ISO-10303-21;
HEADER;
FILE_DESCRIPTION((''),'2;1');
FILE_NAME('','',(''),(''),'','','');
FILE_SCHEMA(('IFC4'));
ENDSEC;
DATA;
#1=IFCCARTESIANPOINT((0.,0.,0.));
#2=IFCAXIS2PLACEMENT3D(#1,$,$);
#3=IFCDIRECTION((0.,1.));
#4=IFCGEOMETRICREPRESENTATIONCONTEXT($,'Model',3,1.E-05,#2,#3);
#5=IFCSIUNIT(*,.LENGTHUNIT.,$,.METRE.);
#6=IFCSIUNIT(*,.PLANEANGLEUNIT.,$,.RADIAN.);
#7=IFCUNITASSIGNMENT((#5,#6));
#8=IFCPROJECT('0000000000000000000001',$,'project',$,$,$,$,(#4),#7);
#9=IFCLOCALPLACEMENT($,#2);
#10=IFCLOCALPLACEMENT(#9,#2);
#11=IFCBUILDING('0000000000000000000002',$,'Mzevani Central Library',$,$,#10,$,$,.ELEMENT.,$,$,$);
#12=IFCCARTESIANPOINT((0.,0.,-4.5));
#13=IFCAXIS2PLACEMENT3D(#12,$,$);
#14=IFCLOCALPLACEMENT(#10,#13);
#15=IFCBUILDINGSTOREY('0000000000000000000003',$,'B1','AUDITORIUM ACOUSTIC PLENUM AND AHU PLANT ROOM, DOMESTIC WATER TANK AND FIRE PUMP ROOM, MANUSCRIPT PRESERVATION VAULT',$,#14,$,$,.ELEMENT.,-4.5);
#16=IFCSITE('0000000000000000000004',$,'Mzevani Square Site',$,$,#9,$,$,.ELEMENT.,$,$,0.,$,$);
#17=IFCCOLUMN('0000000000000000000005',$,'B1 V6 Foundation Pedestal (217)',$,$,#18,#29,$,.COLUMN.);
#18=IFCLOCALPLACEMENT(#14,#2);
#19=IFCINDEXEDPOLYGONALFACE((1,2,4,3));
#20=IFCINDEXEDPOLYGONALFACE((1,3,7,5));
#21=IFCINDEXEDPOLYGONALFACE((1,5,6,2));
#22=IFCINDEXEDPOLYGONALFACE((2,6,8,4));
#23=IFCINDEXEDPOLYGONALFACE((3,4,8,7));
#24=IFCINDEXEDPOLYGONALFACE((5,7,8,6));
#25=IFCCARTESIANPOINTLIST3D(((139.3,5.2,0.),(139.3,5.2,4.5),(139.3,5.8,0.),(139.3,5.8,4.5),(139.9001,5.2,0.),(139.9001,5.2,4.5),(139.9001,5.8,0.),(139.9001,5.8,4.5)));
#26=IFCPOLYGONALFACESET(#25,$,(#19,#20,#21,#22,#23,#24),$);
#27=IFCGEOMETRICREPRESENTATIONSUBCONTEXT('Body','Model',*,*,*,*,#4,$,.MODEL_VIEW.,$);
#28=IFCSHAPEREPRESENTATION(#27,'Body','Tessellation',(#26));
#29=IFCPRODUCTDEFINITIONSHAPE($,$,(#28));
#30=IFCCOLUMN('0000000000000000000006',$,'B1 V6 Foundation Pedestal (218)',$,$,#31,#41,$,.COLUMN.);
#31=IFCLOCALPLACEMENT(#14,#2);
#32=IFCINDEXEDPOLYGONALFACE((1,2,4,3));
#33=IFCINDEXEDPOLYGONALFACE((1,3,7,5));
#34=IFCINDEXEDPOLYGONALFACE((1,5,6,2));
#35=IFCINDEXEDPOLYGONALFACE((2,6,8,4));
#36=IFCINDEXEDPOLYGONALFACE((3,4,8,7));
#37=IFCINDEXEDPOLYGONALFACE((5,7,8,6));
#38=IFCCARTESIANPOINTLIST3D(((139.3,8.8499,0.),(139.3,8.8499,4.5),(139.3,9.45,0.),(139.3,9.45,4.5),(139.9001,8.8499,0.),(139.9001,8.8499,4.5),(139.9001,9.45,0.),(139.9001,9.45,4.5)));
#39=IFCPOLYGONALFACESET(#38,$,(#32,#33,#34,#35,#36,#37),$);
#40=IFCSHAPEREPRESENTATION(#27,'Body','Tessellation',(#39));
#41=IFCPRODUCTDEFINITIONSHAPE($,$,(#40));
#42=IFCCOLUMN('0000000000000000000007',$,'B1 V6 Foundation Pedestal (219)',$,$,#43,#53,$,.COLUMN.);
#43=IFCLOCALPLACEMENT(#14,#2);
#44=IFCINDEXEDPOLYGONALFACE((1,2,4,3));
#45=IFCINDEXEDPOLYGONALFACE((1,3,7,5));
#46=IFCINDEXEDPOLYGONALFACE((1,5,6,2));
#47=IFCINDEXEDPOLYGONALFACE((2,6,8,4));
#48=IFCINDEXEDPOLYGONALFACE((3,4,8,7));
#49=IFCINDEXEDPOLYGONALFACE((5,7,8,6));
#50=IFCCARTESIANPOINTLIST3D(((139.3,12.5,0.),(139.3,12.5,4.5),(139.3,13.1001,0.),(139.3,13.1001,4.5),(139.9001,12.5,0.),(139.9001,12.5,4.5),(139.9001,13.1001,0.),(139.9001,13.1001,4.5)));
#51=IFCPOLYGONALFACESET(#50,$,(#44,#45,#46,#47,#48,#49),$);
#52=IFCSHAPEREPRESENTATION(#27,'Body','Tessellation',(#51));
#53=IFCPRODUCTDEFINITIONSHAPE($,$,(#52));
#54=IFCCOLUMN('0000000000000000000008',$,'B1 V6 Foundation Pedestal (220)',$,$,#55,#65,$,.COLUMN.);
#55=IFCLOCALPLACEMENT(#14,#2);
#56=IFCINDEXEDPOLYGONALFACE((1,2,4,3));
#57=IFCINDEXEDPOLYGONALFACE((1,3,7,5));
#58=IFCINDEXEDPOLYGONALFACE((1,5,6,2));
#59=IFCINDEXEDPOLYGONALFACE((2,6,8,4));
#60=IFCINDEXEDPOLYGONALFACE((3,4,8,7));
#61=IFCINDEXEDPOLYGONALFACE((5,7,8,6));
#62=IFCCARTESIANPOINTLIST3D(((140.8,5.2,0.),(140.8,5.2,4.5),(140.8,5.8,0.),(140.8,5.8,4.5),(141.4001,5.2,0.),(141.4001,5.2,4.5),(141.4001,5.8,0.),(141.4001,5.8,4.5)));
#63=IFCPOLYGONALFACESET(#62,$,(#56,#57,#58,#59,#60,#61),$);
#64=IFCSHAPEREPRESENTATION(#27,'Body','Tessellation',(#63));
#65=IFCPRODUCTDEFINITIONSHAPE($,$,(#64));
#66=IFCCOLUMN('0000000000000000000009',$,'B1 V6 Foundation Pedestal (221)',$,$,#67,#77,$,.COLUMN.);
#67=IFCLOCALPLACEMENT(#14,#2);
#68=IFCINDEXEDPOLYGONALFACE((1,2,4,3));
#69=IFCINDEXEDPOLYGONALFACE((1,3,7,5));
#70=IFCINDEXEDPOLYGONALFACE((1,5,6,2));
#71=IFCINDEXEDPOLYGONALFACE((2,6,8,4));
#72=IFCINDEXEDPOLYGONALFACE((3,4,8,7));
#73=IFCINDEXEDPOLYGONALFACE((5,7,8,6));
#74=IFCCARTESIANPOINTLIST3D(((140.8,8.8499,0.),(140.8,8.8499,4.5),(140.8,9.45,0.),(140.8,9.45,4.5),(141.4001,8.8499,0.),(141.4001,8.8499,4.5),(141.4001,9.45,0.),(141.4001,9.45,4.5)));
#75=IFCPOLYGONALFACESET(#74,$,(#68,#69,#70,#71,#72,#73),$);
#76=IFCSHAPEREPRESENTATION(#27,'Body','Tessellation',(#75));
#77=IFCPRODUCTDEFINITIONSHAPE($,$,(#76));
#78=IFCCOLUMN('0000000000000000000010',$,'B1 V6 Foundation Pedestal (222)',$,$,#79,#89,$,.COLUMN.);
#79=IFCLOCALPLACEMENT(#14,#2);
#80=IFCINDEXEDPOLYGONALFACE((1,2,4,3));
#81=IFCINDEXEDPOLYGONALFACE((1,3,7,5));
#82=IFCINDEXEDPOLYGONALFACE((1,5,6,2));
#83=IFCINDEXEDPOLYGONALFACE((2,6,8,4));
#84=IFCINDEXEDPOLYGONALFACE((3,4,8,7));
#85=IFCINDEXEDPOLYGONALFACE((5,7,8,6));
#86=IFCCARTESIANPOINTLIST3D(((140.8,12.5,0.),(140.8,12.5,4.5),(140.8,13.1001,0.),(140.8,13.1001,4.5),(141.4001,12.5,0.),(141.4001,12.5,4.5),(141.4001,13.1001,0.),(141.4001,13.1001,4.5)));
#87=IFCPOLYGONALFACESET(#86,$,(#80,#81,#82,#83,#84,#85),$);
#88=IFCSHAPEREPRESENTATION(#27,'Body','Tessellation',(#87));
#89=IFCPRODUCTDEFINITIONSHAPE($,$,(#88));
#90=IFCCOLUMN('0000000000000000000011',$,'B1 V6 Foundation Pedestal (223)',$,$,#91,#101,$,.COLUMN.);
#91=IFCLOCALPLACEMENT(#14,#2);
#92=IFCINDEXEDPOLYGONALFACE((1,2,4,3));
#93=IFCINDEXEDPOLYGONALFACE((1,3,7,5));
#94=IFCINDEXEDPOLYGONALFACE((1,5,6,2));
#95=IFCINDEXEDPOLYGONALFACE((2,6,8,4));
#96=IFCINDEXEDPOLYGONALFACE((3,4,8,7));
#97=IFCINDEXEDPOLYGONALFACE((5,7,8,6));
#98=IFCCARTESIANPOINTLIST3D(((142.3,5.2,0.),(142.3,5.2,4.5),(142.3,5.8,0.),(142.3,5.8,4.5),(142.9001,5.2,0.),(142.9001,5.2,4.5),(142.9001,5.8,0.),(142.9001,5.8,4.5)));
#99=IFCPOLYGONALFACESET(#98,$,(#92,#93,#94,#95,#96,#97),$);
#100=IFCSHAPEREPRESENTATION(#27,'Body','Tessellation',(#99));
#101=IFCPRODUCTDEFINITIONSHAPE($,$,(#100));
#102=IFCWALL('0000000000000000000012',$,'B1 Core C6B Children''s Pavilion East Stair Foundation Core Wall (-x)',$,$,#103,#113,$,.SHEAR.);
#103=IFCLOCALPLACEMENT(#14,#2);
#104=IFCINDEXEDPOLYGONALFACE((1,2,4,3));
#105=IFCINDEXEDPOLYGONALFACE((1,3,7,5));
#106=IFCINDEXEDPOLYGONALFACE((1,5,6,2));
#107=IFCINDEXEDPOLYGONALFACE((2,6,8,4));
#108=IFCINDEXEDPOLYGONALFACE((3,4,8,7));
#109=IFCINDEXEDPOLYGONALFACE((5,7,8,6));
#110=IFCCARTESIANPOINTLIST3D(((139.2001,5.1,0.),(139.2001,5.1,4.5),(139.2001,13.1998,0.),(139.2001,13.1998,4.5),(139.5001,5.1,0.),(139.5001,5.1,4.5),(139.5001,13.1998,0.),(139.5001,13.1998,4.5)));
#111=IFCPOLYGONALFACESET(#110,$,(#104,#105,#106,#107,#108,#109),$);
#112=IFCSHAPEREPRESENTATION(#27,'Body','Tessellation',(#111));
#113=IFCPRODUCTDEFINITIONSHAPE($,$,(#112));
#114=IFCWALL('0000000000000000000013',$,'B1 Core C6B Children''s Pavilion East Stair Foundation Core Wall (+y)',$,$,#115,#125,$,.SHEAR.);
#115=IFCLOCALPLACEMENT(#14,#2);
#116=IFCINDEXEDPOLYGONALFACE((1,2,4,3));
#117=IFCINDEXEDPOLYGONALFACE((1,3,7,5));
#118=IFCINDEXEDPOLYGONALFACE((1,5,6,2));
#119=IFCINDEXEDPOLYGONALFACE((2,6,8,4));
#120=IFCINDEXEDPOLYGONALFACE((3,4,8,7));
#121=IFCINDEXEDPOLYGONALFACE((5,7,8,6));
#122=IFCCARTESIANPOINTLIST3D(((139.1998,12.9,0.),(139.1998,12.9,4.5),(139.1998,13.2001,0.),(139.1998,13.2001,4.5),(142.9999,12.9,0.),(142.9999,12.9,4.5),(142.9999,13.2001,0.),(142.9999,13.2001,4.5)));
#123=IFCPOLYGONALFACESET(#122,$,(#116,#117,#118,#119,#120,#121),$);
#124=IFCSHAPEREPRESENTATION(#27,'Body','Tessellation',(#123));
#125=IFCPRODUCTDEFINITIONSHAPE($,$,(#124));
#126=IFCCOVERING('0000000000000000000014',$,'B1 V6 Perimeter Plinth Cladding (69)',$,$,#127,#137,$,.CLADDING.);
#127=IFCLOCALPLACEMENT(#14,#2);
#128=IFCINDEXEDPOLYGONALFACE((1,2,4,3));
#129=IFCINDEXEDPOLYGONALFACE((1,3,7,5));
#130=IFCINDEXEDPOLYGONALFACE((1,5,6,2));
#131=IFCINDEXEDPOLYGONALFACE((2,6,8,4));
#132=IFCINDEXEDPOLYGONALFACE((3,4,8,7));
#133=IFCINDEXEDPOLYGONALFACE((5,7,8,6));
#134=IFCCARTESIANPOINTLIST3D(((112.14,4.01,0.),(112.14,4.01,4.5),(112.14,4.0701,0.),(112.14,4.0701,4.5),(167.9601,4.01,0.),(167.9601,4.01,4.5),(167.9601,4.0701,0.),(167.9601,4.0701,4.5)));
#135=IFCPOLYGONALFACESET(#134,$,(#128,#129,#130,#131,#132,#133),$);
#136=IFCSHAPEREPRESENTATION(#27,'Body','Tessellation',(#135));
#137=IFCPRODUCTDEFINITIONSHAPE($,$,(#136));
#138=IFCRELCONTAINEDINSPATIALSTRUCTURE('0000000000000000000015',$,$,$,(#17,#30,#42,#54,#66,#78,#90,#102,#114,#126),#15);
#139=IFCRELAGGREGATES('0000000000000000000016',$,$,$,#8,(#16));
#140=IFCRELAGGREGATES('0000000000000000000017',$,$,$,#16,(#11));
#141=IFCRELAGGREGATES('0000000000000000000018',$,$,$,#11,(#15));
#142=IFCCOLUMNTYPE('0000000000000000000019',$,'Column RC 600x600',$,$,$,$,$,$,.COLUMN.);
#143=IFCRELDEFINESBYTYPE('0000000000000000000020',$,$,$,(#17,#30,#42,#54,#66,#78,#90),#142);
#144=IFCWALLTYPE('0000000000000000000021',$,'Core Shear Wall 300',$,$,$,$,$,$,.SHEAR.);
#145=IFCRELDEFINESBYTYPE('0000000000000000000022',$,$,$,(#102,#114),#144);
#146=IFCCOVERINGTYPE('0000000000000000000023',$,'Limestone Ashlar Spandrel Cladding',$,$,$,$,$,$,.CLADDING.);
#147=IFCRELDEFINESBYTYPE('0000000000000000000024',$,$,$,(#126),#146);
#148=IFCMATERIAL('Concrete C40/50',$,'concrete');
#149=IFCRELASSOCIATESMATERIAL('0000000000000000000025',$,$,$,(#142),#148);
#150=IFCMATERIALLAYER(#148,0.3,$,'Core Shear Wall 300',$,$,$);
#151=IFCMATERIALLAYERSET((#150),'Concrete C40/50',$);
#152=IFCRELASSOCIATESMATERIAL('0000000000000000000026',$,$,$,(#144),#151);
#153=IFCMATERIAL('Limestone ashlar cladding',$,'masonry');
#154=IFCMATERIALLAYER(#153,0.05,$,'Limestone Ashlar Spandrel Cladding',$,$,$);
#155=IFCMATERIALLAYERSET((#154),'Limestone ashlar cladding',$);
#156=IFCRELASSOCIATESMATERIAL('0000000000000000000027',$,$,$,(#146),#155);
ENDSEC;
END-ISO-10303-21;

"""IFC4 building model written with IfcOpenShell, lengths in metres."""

from ifc_helpers import new_model, si_unit, direction, frame, frame_2d, origin, origin_2d, place, context, subcontext, project, spatial, rectangle, extrude, material, layer, layer_set, material_profile, profile_set, type_object, element, save


model = new_model("IFC4")

# Units and contexts
model_context = context("Model", 3, precision=1e-05, world=origin(), true_north=direction((0.0, 1.0)))
body_context = subcontext(model_context, "Body", "Model", "MODEL_VIEW")
ifc_project = project(units=[si_unit("LENGTHUNIT", "METRE"), si_unit("PLANEANGLEUNIT", "RADIAN")], contexts=[model_context])

# Site, building, storey
site_placement = place(None, origin())
site = spatial("IfcSite", under=ifc_project, at=site_placement, Name="Mzevani Square Site", CompositionType="ELEMENT", RefElevation=0.0)
building_placement = place(site_placement, origin())
building = spatial("IfcBuilding", under=site, at=building_placement, Name="Mzevani Central Library", CompositionType="ELEMENT")
storey_placement = place(building_placement, frame((0.0, 0.0, -4.5)))
storey = spatial("IfcBuildingStorey", under=building, at=storey_placement, Name="B1", Description="AUDITORIUM ACOUSTIC PLENUM AND AHU PLANT ROOM, DOMESTIC WATER TANK AND FIRE PUMP ROOM, MANUSCRIPT PRESERVATION VAULT", CompositionType="ELEMENT", Elevation=-4.5)

# Shared definitions
ifc_material_1 = material(Name="Concrete C40/50", Category="concrete")

# Columns
ifc_material_profile_1 = material_profile(ifc_material_1, rectangle(XDim=0.6001, YDim=0.6001, at=origin_2d()), Name="RC 600x600")
ifc_profile_set_1 = profile_set([ifc_material_profile_1], Name="Concrete C40/50")
column_type = type_object("IfcColumnType", Name="Column RC 600x600", PredefinedType="COLUMN", material=ifc_profile_set_1)
for number, where, z_axis, x_axis, name in (
    (1, (139.6001, 5.5, 0.0), (0.0, 0.0, 1.0), (1.0, 0.0, 0.0), "B1 V6 Foundation Pedestal (217)"),
    (2, (139.6001, 9.1499, 0.0), (0.0, 0.0, 1.0), (1.0, 0.0, 0.0), "B1 V6 Foundation Pedestal (218)"),
    (3, (139.6001, 12.8, 0.0), (0.0, 0.0, 1.0), (1.0, 0.0, 0.0), "B1 V6 Foundation Pedestal (219)"),
    (4, (141.1001, 5.5, 0.0), (0.0, 0.0, 1.0), (1.0, 0.0, 0.0), "B1 V6 Foundation Pedestal (220)"),
    (5, (141.1001, 9.1499, 0.0), (0.0, 0.0, 1.0), (1.0, 0.0, 0.0), "B1 V6 Foundation Pedestal (221)"),
    (6, (141.1001, 12.8, 0.0), (0.0, 0.0, 1.0), (1.0, 0.0, 0.0), "B1 V6 Foundation Pedestal (222)"),
    (7, (142.6001, 5.5, 0.0), (0.0, 0.0, 1.0), (1.0, 0.0, 0.0), "B1 V6 Foundation Pedestal (223)"),
):
    element("IfcColumn", number, at=place(storey_placement, frame(where, z_axis=z_axis, x_axis=x_axis)), inside=storey, type_object=column_type, Name=name, PredefinedType="COLUMN", context=body_context, shape_type="SweptSolid", body=[
        extrude(rectangle(XDim=0.6001, YDim=0.6001, at=origin_2d()), origin(), (0.0, 0.0, 1.0), 4.5),
    ])

# Walls
ifc_layer_1 = layer(ifc_material_1, 0.3, Name="Core Shear Wall 300")
ifc_layer_set_1 = layer_set([ifc_layer_1], Name="Concrete C40/50")
wall_type = type_object("IfcWallType", Name="Core Shear Wall 300", PredefinedType="SHEAR", material=ifc_layer_set_1)
wall_1_placement = place(storey_placement, frame((139.3501, 5.1001, 0.0), z_axis=(0.0, 0.0, 1.0), x_axis=(0.0, 1.0, 0.0)))
element("IfcWall", 8, at=wall_1_placement, inside=storey, type_object=wall_type, Name="B1 Core C6B Children's Pavilion East Stair Foundation Core Wall (-x)", PredefinedType="SHEAR", context=body_context, shape_type="SweptSolid", body=[
    extrude(rectangle(XDim=8.0999, YDim=0.3, at=frame_2d((4.0498, 0.0))), origin(), (0.0, 0.0, 1.0), 4.5),
])
wall_2_placement = place(storey_placement, frame((139.2, 13.05, 0.0), z_axis=(0.0, 0.0, 1.0), x_axis=(1.0, 0.0, 0.0)))
element("IfcWall", 9, at=wall_2_placement, inside=storey, type_object=wall_type, Name="B1 Core C6B Children's Pavilion East Stair Foundation Core Wall (+y)", PredefinedType="SHEAR", context=body_context, shape_type="SweptSolid", body=[
    extrude(rectangle(XDim=3.8, YDim=0.3, at=frame_2d((1.8999, 0.0))), origin(), (0.0, 0.0, 1.0), 4.5),
])

# Covering
ifc_material_2 = material(Name="Limestone ashlar cladding", Category="masonry")
ifc_layer_2 = layer(ifc_material_2, 0.05, Name="Limestone Ashlar Spandrel Cladding")
ifc_layer_set_2 = layer_set([ifc_layer_2], Name="Limestone ashlar cladding")
covering_type = type_object("IfcCoveringType", Name="Limestone Ashlar Spandrel Cladding", PredefinedType="CLADDING", material=ifc_layer_set_2)
covering_placement = place(storey_placement, frame((140.05, 4.04, 0.0), z_axis=(0.0, 0.0, 1.0), x_axis=(-1.0, 0.0, 0.0)))
element("IfcCovering", 10, at=covering_placement, inside=storey, type_object=covering_type, Name="B1 V6 Perimeter Plinth Cladding (69)", PredefinedType="CLADDING", context=body_context, shape_type="SweptSolid", body=[
    extrude(rectangle(XDim=55.8201, YDim=0.0601, at=origin_2d()), origin(), (0.0, 0.0, 1.0), 4.5),
])

save(model, "model.ifc")
